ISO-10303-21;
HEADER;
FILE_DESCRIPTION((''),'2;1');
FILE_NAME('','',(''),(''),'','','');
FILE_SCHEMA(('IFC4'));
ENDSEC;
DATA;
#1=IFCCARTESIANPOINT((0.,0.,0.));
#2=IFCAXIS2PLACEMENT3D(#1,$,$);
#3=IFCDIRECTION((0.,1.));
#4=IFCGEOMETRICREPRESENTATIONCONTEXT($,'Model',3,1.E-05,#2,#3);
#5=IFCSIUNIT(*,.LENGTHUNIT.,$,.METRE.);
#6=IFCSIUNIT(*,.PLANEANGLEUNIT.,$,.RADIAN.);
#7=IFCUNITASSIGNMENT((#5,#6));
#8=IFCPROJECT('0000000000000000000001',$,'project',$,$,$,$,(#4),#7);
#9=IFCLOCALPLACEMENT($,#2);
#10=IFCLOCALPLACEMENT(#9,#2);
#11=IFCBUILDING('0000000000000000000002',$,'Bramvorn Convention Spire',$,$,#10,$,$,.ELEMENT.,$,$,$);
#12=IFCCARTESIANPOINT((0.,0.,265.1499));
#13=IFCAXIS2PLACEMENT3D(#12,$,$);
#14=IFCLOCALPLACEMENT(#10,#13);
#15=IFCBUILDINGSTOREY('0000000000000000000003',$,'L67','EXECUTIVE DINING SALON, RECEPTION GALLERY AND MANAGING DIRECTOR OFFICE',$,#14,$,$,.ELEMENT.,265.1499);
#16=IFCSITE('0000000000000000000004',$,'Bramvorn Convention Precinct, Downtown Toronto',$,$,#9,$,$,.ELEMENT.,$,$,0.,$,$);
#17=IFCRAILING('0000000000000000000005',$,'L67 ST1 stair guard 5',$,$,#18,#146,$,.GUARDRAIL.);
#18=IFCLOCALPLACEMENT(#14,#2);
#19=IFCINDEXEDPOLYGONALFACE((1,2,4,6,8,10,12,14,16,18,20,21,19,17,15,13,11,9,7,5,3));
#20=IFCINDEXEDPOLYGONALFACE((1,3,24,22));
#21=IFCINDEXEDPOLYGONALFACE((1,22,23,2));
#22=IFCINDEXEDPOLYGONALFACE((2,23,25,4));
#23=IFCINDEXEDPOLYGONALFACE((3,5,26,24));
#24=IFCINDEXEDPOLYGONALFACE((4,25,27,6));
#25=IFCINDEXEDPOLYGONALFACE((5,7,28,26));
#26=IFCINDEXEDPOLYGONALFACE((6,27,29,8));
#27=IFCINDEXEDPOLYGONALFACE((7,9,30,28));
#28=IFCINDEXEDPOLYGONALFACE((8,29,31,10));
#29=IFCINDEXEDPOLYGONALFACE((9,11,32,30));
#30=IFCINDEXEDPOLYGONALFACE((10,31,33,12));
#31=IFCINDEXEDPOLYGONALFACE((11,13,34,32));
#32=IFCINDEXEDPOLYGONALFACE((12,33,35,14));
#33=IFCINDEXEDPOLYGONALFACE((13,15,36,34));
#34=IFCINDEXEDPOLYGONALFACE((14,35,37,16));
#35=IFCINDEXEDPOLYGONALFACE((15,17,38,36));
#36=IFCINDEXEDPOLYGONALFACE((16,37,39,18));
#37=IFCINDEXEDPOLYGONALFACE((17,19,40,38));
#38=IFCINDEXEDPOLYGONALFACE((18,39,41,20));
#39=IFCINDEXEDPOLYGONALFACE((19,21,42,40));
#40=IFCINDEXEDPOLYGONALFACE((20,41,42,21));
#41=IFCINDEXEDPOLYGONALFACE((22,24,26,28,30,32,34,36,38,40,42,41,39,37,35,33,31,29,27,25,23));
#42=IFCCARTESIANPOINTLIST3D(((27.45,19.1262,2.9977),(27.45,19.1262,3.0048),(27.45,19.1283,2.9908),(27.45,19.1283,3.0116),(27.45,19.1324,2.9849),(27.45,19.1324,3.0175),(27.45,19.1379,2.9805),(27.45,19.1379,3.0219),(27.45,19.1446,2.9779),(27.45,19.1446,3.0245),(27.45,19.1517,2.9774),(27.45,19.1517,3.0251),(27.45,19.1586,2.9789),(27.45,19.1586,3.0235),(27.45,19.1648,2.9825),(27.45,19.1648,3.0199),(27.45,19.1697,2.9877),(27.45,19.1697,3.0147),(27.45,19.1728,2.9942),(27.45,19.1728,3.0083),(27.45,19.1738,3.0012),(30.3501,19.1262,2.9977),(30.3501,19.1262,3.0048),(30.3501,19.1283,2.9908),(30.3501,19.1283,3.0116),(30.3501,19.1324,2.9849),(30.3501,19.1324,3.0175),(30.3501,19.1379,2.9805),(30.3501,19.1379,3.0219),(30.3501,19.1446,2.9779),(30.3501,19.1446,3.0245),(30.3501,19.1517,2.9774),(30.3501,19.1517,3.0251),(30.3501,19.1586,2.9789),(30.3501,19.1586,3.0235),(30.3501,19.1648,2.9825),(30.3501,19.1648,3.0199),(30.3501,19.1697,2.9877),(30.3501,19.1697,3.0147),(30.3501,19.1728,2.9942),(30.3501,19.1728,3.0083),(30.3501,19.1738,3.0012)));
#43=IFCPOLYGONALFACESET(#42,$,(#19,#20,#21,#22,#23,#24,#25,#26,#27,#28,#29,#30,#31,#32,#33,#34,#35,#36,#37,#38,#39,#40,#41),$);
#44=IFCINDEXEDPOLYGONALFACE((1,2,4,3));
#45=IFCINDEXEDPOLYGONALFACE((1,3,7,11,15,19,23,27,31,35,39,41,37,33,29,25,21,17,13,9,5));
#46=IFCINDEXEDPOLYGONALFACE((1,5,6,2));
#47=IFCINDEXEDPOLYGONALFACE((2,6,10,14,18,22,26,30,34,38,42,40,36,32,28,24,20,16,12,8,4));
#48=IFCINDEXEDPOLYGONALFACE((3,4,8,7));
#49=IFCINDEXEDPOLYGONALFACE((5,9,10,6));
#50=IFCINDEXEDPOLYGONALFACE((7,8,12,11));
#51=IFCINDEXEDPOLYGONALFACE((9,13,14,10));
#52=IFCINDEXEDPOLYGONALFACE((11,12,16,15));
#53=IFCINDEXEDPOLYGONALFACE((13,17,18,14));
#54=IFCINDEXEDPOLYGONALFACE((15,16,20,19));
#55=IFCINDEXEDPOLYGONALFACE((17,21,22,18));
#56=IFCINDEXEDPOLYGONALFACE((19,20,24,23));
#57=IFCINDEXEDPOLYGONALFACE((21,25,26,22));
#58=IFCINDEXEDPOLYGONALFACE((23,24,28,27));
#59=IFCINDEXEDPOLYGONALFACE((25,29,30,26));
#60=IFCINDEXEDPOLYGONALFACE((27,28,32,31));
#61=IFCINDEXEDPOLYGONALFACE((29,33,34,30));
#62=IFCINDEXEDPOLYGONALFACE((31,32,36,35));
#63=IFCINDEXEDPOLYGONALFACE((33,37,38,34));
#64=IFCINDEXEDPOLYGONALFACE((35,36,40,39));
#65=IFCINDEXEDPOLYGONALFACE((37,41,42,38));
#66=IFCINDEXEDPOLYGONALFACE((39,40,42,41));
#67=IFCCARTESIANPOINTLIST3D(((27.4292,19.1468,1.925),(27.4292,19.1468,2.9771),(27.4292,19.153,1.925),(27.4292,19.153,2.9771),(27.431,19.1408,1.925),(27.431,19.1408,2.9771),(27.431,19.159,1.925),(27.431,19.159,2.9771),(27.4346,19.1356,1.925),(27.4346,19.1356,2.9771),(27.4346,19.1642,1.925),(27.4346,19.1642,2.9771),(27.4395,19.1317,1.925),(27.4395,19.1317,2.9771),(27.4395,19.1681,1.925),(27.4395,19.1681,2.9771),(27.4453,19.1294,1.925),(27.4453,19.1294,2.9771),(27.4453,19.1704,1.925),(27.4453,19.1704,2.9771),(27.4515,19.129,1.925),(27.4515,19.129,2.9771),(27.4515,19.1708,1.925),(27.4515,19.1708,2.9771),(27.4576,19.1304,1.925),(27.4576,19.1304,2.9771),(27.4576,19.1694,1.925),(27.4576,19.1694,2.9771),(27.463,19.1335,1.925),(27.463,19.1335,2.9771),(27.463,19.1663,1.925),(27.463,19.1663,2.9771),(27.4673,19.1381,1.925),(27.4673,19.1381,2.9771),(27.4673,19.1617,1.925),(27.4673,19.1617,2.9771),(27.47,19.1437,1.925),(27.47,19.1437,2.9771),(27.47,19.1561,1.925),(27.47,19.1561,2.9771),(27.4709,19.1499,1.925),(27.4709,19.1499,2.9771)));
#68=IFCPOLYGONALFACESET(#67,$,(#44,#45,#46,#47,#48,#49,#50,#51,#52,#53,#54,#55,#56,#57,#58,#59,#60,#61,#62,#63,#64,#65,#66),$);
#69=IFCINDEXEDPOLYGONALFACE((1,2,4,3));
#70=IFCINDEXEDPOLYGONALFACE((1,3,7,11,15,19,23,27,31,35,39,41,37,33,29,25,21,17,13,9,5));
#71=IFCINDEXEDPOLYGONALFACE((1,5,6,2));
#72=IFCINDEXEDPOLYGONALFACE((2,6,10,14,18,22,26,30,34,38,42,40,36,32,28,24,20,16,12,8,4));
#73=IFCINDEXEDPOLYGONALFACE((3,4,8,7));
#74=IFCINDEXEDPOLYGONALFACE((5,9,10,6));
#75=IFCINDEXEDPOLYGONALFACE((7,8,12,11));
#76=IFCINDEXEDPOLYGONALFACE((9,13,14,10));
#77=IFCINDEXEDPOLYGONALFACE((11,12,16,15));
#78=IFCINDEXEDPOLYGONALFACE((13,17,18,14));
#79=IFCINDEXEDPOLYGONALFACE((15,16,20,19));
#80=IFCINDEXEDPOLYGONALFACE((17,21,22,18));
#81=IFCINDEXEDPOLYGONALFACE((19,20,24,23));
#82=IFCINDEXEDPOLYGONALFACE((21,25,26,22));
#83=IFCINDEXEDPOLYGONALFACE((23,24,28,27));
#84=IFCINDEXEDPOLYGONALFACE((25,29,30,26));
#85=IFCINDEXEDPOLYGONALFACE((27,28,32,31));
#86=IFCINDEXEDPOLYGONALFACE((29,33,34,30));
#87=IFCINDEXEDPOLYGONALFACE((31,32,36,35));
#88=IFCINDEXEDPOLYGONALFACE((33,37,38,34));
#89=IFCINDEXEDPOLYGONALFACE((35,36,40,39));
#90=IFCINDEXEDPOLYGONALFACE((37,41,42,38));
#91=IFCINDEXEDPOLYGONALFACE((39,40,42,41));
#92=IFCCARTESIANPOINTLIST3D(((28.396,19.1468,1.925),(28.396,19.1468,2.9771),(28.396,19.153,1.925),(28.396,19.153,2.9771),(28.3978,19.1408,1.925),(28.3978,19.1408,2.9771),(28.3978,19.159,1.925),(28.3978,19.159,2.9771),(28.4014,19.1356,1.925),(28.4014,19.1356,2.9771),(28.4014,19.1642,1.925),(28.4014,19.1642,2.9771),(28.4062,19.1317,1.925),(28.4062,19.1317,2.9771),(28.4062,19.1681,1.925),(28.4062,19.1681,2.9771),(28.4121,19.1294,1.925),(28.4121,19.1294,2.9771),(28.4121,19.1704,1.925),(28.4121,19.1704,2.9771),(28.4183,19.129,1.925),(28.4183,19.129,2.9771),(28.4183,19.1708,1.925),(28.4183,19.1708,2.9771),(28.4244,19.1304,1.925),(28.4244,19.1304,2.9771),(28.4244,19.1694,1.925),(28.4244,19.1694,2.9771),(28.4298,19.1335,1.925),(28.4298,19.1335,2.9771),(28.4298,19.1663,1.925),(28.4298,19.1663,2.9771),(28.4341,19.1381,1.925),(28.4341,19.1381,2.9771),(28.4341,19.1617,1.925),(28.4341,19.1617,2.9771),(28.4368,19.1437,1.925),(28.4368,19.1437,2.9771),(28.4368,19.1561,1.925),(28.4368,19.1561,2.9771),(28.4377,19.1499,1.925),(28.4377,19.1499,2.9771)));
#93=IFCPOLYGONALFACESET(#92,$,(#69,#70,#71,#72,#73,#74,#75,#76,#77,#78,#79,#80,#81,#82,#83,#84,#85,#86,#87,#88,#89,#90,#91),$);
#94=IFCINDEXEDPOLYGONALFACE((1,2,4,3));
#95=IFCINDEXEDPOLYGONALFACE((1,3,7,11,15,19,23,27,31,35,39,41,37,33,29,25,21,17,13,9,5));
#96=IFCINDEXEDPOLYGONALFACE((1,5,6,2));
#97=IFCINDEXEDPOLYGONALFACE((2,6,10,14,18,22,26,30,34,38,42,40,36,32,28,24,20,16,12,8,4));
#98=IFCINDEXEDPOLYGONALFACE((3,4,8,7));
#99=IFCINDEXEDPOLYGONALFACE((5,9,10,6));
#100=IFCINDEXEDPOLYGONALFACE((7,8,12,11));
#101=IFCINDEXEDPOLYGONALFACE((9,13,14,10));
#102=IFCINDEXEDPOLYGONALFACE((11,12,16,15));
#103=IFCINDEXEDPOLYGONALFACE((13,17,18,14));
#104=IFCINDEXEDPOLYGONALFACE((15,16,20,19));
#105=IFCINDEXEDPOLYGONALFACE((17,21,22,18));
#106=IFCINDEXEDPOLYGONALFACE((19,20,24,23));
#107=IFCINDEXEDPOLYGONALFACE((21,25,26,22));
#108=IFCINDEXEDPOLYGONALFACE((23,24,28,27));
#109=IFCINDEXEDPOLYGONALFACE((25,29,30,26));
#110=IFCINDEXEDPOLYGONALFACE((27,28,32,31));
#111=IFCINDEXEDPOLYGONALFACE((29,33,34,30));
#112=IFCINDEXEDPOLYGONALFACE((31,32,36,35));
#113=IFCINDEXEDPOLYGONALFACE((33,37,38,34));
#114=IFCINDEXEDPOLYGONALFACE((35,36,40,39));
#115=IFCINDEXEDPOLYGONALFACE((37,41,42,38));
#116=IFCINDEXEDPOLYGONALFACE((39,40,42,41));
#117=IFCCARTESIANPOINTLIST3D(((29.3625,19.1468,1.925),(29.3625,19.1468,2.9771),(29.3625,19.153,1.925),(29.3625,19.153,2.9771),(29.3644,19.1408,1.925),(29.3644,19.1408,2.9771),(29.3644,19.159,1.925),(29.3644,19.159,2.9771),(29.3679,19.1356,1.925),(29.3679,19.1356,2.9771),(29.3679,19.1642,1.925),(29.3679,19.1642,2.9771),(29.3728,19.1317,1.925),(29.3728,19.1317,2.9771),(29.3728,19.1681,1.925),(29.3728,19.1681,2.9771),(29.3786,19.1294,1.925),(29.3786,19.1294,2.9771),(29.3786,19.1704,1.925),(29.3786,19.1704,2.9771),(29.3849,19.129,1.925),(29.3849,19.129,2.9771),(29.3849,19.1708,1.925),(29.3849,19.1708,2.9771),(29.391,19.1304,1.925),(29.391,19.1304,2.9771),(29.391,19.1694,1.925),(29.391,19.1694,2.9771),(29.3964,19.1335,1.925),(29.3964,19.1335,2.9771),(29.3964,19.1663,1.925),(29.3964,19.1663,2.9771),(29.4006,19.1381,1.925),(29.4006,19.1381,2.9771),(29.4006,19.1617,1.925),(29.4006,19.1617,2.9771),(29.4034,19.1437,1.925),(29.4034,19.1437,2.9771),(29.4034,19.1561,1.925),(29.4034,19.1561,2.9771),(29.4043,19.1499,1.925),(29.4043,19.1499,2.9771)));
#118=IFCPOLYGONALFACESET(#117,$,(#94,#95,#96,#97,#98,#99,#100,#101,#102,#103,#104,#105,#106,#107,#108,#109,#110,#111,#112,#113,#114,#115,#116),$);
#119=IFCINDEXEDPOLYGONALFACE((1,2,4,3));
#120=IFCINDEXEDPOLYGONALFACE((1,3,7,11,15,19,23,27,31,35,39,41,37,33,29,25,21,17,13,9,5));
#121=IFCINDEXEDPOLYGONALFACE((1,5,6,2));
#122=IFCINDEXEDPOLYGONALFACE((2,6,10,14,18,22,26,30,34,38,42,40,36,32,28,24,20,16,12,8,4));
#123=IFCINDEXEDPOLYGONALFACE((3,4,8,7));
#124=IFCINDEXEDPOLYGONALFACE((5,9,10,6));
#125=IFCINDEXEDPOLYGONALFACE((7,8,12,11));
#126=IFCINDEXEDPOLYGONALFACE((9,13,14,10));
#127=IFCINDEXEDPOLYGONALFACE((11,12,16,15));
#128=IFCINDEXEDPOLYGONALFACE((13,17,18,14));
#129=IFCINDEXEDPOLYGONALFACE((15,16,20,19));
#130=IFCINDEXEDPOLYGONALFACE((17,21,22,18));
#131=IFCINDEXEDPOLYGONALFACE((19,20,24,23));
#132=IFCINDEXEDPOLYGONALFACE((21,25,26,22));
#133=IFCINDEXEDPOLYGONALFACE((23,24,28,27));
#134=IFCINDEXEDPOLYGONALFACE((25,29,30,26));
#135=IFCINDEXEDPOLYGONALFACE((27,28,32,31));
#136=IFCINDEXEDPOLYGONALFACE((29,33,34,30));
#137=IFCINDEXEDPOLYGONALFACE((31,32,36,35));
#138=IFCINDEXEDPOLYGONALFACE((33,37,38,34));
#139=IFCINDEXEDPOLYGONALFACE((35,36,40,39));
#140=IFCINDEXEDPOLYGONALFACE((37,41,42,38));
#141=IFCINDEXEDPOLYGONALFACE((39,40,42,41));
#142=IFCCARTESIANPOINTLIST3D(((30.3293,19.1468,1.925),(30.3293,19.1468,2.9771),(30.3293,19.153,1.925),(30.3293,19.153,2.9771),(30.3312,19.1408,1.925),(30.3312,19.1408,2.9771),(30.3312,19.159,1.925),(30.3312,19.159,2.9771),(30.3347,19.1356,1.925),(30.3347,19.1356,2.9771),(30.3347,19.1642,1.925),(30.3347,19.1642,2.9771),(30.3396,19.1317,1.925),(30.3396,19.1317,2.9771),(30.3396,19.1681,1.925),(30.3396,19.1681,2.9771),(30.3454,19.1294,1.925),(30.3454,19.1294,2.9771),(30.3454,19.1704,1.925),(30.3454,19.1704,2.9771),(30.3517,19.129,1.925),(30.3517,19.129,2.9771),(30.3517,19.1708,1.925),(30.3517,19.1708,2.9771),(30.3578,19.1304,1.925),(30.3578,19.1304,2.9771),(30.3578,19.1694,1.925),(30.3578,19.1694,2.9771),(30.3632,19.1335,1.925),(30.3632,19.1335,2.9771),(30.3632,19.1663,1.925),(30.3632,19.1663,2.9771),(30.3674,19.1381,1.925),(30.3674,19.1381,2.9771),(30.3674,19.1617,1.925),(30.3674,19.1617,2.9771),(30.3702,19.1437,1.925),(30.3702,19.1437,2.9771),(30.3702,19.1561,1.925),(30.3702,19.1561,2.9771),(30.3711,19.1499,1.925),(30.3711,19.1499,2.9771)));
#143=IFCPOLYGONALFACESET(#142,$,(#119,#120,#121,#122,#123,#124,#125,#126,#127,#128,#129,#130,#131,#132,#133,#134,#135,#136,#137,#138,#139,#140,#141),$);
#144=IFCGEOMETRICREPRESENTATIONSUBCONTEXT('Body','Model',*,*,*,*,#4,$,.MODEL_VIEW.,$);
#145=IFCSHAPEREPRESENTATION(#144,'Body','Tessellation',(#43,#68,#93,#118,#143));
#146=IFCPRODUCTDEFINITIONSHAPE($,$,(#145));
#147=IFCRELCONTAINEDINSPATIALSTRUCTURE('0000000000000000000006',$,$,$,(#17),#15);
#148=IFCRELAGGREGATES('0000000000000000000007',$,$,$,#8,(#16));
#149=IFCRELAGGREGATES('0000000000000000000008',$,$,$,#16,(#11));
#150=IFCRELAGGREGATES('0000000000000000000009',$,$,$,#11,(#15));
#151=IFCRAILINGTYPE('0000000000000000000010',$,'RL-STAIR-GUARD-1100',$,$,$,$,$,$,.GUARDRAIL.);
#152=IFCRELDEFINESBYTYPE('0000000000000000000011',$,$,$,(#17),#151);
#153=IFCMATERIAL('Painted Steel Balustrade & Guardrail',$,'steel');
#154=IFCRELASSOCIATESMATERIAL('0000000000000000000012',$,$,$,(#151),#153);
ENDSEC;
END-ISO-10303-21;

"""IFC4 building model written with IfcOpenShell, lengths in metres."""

from ifc_helpers import new_model, si_unit, direction, frame, origin, origin_2d, place, context, subcontext, project, spatial, circle, extrude, material, type_object, element, save


model = new_model("IFC4")

# Units and contexts
model_context = context("Model", 3, precision=1e-05, world=origin(), true_north=direction((0.0, 1.0)))
body_context = subcontext(model_context, "Body", "Model", "MODEL_VIEW")
ifc_project = project(units=[si_unit("LENGTHUNIT", "METRE"), si_unit("PLANEANGLEUNIT", "RADIAN")], contexts=[model_context])

# Site, building, storey
site_placement = place(None, origin())
site = spatial("IfcSite", under=ifc_project, at=site_placement, Name="Bramvorn Convention Precinct, Downtown Toronto", CompositionType="ELEMENT", RefElevation=0.0)
building_placement = place(site_placement, origin())
building = spatial("IfcBuilding", under=site, at=building_placement, Name="Bramvorn Convention Spire", CompositionType="ELEMENT")
storey_placement = place(building_placement, frame((0.0, 0.0, 265.1499)))
storey = spatial("IfcBuildingStorey", under=building, at=storey_placement, Name="L67", Description="EXECUTIVE DINING SALON, RECEPTION GALLERY AND MANAGING DIRECTOR OFFICE", CompositionType="ELEMENT", Elevation=265.1499)

# Railing
ifc_material_1 = material(Name="Painted Steel Balustrade & Guardrail", Category="steel")
railing_type_1 = type_object("IfcRailingType", Name="RL-STAIR-GUARD-1100", PredefinedType="GUARDRAIL", material=ifc_material_1)
railing_1_placement = place(storey_placement, frame((27.45, 19.1499, 1.925)))
element("IfcRailing", 1, at=railing_1_placement, inside=storey, type_object=railing_type_1, Name="L67 ST1 stair guard 5", PredefinedType="GUARDRAIL", context=body_context, shape_type="SweptSolid", body=[
    extrude(circle(Radius=0.0239, at=origin_2d()), frame((0.0, 0.0, 1.0762), z_axis=(1.0, 0.0, 0.0), x_axis=(0.0, 1.0, 0.0)), (0.0, 0.0, 1.0), 2.9001),
    extrude(circle(Radius=0.021, at=origin_2d()), origin(), (0.0, 0.0, 1.0), 1.052),
    extrude(circle(Radius=0.021, at=origin_2d()), frame((0.9668, 0.0, 0.0)), (0.0, 0.0, 1.0), 1.052),
    extrude(circle(Radius=0.021, at=origin_2d()), frame((1.9333, 0.0, 0.0)), (0.0, 0.0, 1.0), 1.052),
    extrude(circle(Radius=0.021, at=origin_2d()), frame((2.9001, 0.0, 0.0)), (0.0, 0.0, 1.0), 1.052),
])

save(model, "model.ifc")
